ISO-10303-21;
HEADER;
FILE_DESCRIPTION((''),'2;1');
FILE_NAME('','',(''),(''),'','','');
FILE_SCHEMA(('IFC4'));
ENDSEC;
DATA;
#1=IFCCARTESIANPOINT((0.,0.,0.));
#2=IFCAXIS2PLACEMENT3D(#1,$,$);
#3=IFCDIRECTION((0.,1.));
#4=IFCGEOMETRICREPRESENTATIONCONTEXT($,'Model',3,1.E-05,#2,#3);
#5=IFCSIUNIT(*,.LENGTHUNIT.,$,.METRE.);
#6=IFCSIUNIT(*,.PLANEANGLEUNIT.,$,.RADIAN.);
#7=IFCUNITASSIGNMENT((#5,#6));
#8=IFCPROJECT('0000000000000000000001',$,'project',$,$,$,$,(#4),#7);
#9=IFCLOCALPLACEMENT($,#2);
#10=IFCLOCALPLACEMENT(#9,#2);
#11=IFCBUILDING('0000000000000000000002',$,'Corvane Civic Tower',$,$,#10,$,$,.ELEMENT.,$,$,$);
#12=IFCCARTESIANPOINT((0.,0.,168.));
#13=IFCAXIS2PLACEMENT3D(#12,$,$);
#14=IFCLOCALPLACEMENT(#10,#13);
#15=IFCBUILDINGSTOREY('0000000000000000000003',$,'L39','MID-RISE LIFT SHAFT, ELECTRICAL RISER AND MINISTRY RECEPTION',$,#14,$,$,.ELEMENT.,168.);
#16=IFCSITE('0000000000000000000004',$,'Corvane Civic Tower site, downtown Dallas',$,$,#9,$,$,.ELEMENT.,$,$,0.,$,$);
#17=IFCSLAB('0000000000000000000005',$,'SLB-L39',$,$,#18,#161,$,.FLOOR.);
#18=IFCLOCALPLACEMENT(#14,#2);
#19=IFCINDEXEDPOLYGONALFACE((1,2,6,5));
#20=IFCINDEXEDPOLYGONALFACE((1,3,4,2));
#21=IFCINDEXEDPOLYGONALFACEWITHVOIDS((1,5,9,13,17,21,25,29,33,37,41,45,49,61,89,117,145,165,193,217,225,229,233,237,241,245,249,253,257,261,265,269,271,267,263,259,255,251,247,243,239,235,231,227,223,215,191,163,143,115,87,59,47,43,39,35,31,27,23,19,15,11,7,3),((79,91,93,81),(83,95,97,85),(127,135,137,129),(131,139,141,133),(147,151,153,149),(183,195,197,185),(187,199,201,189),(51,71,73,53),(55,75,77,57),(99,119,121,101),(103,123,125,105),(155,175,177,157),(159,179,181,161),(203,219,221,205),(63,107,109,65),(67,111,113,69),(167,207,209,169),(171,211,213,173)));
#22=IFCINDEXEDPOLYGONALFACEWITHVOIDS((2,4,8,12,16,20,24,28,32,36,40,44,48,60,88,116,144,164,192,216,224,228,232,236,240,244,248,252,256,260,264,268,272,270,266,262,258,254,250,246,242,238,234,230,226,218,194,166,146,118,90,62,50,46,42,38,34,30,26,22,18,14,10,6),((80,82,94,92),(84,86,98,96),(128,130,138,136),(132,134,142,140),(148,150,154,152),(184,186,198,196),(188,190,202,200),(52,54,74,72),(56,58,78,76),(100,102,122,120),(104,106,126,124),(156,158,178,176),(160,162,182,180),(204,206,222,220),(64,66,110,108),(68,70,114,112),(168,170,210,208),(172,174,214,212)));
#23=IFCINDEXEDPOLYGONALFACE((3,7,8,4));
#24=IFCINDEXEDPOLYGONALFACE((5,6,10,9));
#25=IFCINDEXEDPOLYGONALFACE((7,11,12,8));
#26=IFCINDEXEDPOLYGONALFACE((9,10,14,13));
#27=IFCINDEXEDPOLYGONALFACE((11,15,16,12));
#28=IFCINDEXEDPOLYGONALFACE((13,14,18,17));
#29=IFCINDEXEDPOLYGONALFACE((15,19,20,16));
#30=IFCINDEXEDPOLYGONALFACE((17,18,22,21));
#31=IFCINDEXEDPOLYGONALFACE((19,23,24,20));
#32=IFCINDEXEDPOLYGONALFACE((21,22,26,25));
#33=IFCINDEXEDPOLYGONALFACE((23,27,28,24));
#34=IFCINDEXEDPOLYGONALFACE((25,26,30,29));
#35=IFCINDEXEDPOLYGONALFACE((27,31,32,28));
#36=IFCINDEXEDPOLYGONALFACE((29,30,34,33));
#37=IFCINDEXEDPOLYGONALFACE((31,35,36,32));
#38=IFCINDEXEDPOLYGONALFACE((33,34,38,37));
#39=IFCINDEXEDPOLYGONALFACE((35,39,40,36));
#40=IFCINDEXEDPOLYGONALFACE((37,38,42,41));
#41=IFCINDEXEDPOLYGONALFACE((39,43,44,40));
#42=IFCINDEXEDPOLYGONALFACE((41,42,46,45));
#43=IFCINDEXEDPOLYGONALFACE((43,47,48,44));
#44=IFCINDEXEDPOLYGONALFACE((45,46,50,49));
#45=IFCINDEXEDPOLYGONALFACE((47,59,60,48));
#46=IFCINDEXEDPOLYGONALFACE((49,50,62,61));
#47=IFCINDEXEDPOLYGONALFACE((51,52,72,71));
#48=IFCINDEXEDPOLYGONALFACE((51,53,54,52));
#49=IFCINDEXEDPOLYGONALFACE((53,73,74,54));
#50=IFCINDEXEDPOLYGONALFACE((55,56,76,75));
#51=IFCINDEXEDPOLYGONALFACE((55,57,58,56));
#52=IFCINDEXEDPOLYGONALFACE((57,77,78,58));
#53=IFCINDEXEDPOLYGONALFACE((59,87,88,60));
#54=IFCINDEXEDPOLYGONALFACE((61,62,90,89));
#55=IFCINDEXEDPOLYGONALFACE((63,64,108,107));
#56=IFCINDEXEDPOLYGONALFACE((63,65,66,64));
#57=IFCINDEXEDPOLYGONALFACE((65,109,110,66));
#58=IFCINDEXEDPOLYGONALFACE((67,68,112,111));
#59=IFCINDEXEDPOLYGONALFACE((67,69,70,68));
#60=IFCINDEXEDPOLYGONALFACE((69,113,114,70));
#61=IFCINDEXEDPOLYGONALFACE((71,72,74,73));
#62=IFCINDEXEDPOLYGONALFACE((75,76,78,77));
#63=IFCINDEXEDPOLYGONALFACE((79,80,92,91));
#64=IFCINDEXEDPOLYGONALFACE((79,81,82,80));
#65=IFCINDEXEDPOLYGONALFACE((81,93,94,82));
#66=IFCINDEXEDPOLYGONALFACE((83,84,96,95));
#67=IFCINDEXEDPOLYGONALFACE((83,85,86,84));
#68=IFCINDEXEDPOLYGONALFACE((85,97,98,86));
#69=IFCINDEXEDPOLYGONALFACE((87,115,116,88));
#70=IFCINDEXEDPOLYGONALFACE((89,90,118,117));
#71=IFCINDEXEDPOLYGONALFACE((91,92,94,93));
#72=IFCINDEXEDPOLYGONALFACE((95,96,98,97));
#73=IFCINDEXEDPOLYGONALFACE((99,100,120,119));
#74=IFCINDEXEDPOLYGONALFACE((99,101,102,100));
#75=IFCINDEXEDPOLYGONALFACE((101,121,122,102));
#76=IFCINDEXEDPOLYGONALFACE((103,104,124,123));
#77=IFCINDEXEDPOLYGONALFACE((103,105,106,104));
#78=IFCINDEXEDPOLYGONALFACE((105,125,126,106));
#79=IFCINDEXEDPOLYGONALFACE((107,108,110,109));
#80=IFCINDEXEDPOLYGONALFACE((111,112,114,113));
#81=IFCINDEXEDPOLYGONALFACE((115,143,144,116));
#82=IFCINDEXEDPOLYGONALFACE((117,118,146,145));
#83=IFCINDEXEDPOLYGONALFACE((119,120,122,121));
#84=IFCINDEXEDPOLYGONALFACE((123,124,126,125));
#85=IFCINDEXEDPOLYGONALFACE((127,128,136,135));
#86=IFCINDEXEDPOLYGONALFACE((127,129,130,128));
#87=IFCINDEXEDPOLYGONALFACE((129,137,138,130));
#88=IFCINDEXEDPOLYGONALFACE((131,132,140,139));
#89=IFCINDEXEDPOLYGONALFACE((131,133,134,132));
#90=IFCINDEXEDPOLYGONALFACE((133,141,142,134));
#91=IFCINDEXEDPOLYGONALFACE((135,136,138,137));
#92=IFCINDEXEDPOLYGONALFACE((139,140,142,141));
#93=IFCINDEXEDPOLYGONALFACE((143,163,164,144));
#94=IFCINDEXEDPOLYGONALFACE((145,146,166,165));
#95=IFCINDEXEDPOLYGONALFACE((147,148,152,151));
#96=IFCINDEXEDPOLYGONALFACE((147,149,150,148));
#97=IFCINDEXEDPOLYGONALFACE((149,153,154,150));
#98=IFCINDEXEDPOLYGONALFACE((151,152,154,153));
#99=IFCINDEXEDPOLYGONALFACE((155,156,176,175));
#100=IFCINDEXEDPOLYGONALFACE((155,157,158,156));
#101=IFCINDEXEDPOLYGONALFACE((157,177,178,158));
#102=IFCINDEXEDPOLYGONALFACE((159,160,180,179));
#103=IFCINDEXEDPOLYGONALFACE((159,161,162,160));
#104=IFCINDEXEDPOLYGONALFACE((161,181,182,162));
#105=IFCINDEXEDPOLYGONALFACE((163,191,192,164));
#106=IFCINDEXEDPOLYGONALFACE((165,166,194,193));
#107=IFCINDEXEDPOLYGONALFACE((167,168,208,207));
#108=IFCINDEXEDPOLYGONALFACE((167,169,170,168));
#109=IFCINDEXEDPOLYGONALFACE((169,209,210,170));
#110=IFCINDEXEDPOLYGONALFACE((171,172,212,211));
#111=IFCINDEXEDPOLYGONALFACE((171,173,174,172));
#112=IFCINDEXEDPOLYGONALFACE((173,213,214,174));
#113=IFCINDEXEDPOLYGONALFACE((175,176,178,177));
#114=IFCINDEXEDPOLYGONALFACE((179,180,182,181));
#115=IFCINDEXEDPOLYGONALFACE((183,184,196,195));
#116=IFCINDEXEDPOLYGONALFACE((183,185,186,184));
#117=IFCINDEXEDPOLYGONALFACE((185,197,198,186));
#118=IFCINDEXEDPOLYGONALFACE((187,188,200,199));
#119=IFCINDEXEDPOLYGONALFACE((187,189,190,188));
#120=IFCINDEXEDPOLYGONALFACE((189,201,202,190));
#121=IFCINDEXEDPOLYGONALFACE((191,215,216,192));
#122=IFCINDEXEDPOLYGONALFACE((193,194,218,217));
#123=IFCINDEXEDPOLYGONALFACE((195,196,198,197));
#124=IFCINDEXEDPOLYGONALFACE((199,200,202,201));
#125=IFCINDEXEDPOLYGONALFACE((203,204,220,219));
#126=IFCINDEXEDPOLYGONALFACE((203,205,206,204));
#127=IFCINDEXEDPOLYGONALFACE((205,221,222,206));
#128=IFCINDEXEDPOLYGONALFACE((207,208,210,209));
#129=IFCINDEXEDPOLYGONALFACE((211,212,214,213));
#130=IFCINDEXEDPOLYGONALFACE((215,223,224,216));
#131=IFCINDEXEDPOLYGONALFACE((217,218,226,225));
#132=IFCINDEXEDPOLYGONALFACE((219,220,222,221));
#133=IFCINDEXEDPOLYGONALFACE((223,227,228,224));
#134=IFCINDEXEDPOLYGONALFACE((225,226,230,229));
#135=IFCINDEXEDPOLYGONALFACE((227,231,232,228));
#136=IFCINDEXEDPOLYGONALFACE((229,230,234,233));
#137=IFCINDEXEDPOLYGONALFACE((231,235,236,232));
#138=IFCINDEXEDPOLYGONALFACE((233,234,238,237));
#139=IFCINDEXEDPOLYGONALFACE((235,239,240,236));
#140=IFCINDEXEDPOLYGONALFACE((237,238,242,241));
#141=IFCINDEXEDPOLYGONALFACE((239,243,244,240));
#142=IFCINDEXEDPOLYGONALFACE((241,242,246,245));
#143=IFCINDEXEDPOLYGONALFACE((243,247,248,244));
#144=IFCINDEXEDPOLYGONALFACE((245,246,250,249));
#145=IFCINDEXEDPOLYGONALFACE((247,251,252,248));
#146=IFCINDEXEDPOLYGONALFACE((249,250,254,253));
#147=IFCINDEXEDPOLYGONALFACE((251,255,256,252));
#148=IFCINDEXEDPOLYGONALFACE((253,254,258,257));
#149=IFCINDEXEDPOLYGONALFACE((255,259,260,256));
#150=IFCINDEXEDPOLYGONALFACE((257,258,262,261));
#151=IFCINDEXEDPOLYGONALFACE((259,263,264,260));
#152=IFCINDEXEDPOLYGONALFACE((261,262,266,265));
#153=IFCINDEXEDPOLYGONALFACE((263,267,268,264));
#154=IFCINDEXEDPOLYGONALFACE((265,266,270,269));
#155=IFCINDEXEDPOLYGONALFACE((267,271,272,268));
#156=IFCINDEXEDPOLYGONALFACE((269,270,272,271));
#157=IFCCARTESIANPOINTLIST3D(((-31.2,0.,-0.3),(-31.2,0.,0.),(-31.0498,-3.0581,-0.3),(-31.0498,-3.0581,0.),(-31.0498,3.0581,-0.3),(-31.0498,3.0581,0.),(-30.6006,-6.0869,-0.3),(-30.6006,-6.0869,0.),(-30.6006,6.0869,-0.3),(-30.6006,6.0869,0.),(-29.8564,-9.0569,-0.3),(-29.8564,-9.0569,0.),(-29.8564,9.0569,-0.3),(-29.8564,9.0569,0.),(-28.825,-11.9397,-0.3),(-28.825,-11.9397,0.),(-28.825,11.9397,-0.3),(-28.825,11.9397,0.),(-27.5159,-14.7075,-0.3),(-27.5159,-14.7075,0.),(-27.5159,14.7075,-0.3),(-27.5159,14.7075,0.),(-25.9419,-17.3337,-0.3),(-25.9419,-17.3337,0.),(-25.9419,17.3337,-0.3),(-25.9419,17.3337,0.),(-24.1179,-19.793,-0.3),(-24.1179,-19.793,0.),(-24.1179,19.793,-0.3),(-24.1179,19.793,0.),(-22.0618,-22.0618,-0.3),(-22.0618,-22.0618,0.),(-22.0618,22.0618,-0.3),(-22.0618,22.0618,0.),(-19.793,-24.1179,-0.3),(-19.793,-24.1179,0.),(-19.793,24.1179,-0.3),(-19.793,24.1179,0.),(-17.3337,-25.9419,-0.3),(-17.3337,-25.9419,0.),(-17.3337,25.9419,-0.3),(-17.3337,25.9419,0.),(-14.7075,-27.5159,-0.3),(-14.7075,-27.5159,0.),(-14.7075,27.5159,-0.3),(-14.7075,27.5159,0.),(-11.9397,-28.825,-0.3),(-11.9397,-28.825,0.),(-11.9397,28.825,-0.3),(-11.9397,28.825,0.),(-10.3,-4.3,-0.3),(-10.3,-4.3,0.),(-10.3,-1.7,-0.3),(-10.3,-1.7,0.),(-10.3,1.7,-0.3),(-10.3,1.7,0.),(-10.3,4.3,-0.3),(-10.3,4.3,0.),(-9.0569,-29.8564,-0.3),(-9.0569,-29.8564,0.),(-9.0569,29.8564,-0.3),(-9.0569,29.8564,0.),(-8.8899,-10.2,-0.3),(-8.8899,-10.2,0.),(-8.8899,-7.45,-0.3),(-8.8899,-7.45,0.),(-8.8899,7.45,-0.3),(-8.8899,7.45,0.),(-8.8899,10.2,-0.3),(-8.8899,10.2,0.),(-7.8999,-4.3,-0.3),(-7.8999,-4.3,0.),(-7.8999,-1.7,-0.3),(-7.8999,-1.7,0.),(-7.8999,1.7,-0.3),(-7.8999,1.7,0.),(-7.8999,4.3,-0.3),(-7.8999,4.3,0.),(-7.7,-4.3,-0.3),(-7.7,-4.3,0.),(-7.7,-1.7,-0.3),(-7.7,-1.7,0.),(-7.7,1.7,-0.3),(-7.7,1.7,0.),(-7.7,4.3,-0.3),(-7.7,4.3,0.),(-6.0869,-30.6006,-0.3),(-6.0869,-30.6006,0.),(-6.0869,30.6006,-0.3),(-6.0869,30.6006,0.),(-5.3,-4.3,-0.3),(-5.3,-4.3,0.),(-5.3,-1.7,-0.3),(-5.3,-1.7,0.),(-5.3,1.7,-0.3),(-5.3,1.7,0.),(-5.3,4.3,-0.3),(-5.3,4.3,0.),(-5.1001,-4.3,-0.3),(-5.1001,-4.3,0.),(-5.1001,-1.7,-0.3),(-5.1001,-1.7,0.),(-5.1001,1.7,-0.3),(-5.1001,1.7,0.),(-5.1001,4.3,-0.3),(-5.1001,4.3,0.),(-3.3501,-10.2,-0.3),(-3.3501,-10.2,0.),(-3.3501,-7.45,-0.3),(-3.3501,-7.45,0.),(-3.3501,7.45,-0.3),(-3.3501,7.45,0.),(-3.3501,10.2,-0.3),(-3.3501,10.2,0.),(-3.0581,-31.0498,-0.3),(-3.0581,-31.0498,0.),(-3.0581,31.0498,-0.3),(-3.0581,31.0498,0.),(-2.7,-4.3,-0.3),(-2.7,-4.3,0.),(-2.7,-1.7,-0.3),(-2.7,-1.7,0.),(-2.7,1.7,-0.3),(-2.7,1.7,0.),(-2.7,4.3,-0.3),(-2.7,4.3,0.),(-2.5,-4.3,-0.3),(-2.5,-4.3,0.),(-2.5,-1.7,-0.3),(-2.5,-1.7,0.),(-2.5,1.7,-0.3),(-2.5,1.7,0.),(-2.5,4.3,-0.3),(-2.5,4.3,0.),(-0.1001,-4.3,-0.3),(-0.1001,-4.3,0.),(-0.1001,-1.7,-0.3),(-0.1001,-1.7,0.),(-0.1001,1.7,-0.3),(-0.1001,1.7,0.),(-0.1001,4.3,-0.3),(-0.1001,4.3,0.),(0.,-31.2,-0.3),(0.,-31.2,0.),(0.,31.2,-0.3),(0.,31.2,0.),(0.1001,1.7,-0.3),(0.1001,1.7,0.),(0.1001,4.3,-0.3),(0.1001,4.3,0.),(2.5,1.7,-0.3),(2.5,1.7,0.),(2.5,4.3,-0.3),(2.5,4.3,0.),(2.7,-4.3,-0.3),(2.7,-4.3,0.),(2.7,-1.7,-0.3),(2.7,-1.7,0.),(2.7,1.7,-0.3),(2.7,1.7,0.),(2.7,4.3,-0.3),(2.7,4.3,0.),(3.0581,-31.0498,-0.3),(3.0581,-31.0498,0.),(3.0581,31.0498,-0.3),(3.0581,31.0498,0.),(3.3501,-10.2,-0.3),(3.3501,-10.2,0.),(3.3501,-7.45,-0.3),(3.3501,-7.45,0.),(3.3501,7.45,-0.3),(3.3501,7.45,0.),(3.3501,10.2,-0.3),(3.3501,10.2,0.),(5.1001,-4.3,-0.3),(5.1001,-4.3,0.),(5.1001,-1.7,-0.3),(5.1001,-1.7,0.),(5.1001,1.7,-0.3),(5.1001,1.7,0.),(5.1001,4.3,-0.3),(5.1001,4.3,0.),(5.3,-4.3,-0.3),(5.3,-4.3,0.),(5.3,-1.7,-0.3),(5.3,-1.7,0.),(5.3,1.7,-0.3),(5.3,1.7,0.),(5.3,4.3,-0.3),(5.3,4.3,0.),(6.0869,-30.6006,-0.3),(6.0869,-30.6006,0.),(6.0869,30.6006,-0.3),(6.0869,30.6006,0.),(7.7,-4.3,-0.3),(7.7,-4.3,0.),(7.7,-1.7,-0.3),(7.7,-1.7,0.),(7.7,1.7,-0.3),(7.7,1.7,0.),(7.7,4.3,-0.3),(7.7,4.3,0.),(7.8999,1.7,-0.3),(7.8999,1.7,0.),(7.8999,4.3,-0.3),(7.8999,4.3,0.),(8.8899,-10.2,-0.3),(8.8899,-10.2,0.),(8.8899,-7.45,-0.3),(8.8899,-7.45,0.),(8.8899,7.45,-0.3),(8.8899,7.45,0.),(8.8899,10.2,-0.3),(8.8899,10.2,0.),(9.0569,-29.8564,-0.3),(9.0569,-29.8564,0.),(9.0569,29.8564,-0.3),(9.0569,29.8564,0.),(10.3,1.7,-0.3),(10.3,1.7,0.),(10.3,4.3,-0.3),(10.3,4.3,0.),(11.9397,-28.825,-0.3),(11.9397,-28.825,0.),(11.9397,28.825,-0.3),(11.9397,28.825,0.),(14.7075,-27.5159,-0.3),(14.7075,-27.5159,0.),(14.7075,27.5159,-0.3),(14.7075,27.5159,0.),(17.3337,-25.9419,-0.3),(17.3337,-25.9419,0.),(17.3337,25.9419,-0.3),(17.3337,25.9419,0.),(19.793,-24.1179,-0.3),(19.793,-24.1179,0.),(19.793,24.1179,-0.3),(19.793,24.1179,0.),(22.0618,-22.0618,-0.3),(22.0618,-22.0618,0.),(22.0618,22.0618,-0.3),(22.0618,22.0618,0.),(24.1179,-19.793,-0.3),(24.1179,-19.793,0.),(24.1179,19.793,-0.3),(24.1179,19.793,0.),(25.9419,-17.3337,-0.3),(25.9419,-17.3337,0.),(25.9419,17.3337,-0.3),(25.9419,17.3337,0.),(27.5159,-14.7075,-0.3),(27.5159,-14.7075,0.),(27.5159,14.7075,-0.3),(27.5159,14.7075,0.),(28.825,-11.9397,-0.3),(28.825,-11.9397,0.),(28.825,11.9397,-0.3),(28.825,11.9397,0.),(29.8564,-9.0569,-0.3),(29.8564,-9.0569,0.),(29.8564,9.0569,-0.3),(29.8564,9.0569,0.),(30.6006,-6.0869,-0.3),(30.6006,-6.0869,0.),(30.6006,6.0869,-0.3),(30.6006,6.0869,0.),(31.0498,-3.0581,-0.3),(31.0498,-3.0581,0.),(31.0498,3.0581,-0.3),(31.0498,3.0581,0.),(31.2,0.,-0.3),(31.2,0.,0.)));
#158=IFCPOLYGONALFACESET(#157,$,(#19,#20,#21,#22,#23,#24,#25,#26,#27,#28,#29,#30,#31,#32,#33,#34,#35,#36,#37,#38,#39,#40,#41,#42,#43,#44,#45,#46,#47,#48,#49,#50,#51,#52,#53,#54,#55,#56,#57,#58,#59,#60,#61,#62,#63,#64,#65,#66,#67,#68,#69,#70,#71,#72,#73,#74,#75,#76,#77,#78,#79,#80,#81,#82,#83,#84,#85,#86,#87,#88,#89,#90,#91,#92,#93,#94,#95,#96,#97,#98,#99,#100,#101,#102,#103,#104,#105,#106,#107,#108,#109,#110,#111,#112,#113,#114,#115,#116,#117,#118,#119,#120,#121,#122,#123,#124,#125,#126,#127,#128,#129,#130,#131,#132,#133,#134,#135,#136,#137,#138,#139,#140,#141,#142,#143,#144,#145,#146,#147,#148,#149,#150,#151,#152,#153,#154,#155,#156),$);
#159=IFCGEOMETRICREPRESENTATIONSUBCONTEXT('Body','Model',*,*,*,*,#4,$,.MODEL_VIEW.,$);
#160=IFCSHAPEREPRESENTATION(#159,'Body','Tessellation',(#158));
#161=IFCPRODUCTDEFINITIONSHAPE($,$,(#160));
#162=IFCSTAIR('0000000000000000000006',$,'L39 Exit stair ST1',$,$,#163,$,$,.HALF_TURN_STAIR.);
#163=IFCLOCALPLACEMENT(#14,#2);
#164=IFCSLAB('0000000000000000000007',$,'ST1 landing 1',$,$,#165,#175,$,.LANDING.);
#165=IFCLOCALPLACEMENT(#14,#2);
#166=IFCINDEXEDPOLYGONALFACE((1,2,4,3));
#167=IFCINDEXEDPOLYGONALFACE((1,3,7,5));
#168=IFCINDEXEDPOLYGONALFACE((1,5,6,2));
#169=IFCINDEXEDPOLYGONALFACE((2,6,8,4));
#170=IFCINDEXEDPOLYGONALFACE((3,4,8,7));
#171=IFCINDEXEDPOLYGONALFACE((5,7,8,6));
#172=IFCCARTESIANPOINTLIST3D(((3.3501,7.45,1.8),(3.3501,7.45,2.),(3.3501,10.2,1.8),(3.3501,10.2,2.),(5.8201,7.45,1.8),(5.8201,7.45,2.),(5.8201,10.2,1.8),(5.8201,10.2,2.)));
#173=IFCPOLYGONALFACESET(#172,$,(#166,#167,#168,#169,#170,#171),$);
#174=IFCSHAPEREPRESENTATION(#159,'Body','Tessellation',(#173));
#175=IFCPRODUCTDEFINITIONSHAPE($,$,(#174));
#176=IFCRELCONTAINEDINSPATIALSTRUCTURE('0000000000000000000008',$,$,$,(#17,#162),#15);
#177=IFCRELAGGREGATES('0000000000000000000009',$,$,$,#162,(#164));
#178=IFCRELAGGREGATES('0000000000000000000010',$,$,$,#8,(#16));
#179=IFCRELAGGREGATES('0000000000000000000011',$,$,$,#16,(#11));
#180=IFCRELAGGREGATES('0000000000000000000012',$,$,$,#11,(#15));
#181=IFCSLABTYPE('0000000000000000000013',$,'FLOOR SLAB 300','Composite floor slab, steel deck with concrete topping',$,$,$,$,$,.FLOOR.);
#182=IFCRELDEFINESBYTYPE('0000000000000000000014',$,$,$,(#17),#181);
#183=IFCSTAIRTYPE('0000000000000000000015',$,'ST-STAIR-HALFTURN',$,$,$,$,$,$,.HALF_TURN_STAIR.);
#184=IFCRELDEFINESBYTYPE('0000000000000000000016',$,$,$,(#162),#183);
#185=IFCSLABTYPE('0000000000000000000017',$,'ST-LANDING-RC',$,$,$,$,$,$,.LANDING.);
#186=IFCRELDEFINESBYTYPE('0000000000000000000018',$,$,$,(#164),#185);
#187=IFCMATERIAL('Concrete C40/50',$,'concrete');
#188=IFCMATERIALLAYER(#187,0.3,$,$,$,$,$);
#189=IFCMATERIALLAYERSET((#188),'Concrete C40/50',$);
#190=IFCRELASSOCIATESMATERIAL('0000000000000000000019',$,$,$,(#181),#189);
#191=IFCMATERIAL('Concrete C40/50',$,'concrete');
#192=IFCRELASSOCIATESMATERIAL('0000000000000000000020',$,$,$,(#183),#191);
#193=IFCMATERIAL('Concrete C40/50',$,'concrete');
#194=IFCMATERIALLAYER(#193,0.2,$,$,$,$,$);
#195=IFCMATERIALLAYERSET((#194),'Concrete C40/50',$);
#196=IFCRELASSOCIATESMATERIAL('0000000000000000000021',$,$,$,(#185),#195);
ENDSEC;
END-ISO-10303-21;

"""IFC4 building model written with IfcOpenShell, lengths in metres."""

from ifc_helpers import new_model, si_unit, direction, frame, origin, place, context, subcontext, project, spatial, polyline, outline, extrude, material, layer, layer_set, type_object, element, aggregate, save


model = new_model("IFC4")

# Units and contexts
model_context = context("Model", 3, precision=1e-05, world=origin(), true_north=direction((0.0, 1.0)))
body_context = subcontext(model_context, "Body", "Model", "MODEL_VIEW")
ifc_project = project(units=[si_unit("LENGTHUNIT", "METRE"), si_unit("PLANEANGLEUNIT", "RADIAN")], contexts=[model_context])

# Site, building, storey
site_placement = place(None, origin())
site = spatial("IfcSite", under=ifc_project, at=site_placement, Name="Corvane Civic Tower site, downtown Dallas", CompositionType="ELEMENT", RefElevation=0.0)
building_placement = place(site_placement, origin())
building = spatial("IfcBuilding", under=site, at=building_placement, Name="Corvane Civic Tower", CompositionType="ELEMENT")
storey_placement = place(building_placement, frame((0.0, 0.0, 168.0)))
storey = spatial("IfcBuildingStorey", under=building, at=storey_placement, Name="L39", Description="MID-RISE LIFT SHAFT, ELECTRICAL RISER AND MINISTRY RECEPTION", CompositionType="ELEMENT", Elevation=168.0)

# Slab
ifc_material_1 = material(Name="Concrete C40/50", Category="concrete")
ifc_layer_1 = layer(ifc_material_1, 0.3)
ifc_layer_set_1 = layer_set([ifc_layer_1], Name="Concrete C40/50")
slab_type_1 = type_object("IfcSlabType", Name="FLOOR SLAB 300", Description="Composite floor slab, steel deck with concrete topping", PredefinedType="FLOOR", material=ifc_layer_set_1)
slab_1_placement = place(storey_placement, frame((0.0, 0.0, -0.3)))
element("IfcSlab", 1, at=slab_1_placement, inside=storey, type_object=slab_type_1, Name="SLB-L39", PredefinedType="FLOOR", context=body_context, shape_type="SweptSolid", body=[
    extrude(outline(polyline([(0.0, 31.2), (-3.0581, 31.0498), (-6.0869, 30.6006), (-9.0569, 29.8564), (-11.9397, 28.825), (-14.7075, 27.5159), (-17.3337, 25.9419), (-19.793, 24.1179), (-22.0618, 22.0618), (-24.1179, 19.793), (-25.9419, 17.3337), (-27.5159, 14.7075), (-28.825, 11.9397), (-29.8564, 9.0569), (-30.6006, 6.0869), (-31.0498, 3.0581), (-31.2, 0.0), (-31.0498, -3.0581), (-30.6006, -6.0869), (-29.8564, -9.0569), (-28.825, -11.9397), (-27.5159, -14.7075), (-25.9419, -17.3337), (-24.1179, -19.793), (-22.0618, -22.0618), (-19.793, -24.1179), (-17.3337, -25.9419), (-14.7075, -27.5159), (-11.9397, -28.825), (-9.0569, -29.8564), (-6.0869, -30.6006), (-3.0581, -31.0498), (0.0, -31.2), (3.0581, -31.0498), (6.0869, -30.6006), (9.0569, -29.8564), (11.9397, -28.825), (14.7075, -27.5159), (17.3337, -25.9419), (19.793, -24.1179), (22.0618, -22.0618), (24.1179, -19.793), (25.9419, -17.3337), (27.5159, -14.7075), (28.825, -11.9397), (29.8564, -9.0569), (30.6006, -6.0869), (31.0498, -3.0581), (31.2, 0.0), (31.0498, 3.0581), (30.6006, 6.0869), (29.8564, 9.0569), (28.825, 11.9397), (27.5159, 14.7075), (25.9419, 17.3337), (24.1179, 19.793), (22.0618, 22.0618), (19.793, 24.1179), (17.3337, 25.9419), (14.7075, 27.5159), (11.9397, 28.825), (9.0569, 29.8564), (6.0869, 30.6006), (3.0581, 31.0498), (0.0, 31.2)]), holes=[polyline([(-7.8999, 1.7), (-10.3, 1.7), (-10.3, 4.3), (-7.8999, 4.3), (-7.8999, 1.7)]), polyline([(-5.3, 1.7), (-7.7, 1.7), (-7.7, 4.3), (-5.3, 4.3), (-5.3, 1.7)]), polyline([(-2.7, 1.7), (-5.1001, 1.7), (-5.1001, 4.3), (-2.7, 4.3), (-2.7, 1.7)]), polyline([(-2.5, 4.3), (-0.1001, 4.3), (-0.1001, 1.7), (-2.5, 1.7), (-2.5, 4.3)]), polyline([(2.5, 1.7), (0.1001, 1.7), (0.1001, 4.3), (2.5, 4.3), (2.5, 1.7)]), polyline([(5.1001, 1.7), (2.7, 1.7), (2.7, 4.3), (5.1001, 4.3), (5.1001, 1.7)]), polyline([(5.3, 4.3), (7.7, 4.3), (7.7, 1.7), (5.3, 1.7), (5.3, 4.3)]), polyline([(7.8999, 4.3), (10.3, 4.3), (10.3, 1.7), (7.8999, 1.7), (7.8999, 4.3)]), polyline([(-10.3, -1.7), (-7.8999, -1.7), (-7.8999, -4.3), (-10.3, -4.3), (-10.3, -1.7)]), polyline([(-7.7, -1.7), (-5.3, -1.7), (-5.3, -4.3), (-7.7, -4.3), (-7.7, -1.7)]), polyline([(-5.1001, -1.7), (-2.7, -1.7), (-2.7, -4.3), (-5.1001, -4.3), (-5.1001, -1.7)]), polyline([(-2.5, -1.7), (-0.1001, -1.7), (-0.1001, -4.3), (-2.5, -4.3), (-2.5, -1.7)]), polyline([(2.7, -1.7), (5.1001, -1.7), (5.1001, -4.3), (2.7, -4.3), (2.7, -1.7)]), polyline([(5.3, -1.7), (7.7, -1.7), (7.7, -4.3), (5.3, -4.3), (5.3, -1.7)]), polyline([(8.8899, 10.2), (8.8899, 7.45), (3.3501, 7.45), (3.3501, 10.2), (8.8899, 10.2)]), polyline([(-8.8899, 7.45), (-8.8899, 10.2), (-3.3501, 10.2), (-3.3501, 7.45), (-8.8899, 7.45)]), polyline([(8.8899, -7.45), (8.8899, -10.2), (3.3501, -10.2), (3.3501, -7.45), (8.8899, -7.45)]), polyline([(-8.8899, -10.2), (-8.8899, -7.45), (-3.3501, -7.45), (-3.3501, -10.2), (-8.8899, -10.2)])]), origin(), (0.0, 0.0, 1.0), 0.3),
])

# Stair, slab
ifc_material_2 = material(Name="Concrete C40/50", Category="concrete")
stair_type = type_object("IfcStairType", Name="ST-STAIR-HALFTURN", PredefinedType="HALF_TURN_STAIR", material=ifc_material_2)
stair_1_placement = place(storey_placement, origin())
stair_1 = element("IfcStair", 2, at=stair_1_placement, inside=storey, type_object=stair_type, Name="L39 Exit stair ST1", PredefinedType="HALF_TURN_STAIR")
ifc_material_3 = material(Name="Concrete C40/50", Category="concrete")
ifc_layer_2 = layer(ifc_material_3, 0.2)
ifc_layer_set_2 = layer_set([ifc_layer_2], Name="Concrete C40/50")
slab_type_2 = type_object("IfcSlabType", Name="ST-LANDING-RC", PredefinedType="LANDING", material=ifc_layer_set_2)
slab_2_placement = place(storey_placement, frame((0.0, 0.0, 1.8)))
slab_2 = element("IfcSlab", 3, at=slab_2_placement, type_object=slab_type_2, Name="ST1 landing 1", PredefinedType="LANDING", context=body_context, shape_type="SweptSolid", body=[
    extrude(outline(polyline([(5.8201, 10.2), (3.3501, 10.2), (3.3501, 7.45), (5.8201, 7.45), (5.8201, 10.2)])), origin(), (0.0, 0.0, 1.0), 0.2),
])
aggregate(stair_1, [slab_2])

save(model, "model.ifc")
